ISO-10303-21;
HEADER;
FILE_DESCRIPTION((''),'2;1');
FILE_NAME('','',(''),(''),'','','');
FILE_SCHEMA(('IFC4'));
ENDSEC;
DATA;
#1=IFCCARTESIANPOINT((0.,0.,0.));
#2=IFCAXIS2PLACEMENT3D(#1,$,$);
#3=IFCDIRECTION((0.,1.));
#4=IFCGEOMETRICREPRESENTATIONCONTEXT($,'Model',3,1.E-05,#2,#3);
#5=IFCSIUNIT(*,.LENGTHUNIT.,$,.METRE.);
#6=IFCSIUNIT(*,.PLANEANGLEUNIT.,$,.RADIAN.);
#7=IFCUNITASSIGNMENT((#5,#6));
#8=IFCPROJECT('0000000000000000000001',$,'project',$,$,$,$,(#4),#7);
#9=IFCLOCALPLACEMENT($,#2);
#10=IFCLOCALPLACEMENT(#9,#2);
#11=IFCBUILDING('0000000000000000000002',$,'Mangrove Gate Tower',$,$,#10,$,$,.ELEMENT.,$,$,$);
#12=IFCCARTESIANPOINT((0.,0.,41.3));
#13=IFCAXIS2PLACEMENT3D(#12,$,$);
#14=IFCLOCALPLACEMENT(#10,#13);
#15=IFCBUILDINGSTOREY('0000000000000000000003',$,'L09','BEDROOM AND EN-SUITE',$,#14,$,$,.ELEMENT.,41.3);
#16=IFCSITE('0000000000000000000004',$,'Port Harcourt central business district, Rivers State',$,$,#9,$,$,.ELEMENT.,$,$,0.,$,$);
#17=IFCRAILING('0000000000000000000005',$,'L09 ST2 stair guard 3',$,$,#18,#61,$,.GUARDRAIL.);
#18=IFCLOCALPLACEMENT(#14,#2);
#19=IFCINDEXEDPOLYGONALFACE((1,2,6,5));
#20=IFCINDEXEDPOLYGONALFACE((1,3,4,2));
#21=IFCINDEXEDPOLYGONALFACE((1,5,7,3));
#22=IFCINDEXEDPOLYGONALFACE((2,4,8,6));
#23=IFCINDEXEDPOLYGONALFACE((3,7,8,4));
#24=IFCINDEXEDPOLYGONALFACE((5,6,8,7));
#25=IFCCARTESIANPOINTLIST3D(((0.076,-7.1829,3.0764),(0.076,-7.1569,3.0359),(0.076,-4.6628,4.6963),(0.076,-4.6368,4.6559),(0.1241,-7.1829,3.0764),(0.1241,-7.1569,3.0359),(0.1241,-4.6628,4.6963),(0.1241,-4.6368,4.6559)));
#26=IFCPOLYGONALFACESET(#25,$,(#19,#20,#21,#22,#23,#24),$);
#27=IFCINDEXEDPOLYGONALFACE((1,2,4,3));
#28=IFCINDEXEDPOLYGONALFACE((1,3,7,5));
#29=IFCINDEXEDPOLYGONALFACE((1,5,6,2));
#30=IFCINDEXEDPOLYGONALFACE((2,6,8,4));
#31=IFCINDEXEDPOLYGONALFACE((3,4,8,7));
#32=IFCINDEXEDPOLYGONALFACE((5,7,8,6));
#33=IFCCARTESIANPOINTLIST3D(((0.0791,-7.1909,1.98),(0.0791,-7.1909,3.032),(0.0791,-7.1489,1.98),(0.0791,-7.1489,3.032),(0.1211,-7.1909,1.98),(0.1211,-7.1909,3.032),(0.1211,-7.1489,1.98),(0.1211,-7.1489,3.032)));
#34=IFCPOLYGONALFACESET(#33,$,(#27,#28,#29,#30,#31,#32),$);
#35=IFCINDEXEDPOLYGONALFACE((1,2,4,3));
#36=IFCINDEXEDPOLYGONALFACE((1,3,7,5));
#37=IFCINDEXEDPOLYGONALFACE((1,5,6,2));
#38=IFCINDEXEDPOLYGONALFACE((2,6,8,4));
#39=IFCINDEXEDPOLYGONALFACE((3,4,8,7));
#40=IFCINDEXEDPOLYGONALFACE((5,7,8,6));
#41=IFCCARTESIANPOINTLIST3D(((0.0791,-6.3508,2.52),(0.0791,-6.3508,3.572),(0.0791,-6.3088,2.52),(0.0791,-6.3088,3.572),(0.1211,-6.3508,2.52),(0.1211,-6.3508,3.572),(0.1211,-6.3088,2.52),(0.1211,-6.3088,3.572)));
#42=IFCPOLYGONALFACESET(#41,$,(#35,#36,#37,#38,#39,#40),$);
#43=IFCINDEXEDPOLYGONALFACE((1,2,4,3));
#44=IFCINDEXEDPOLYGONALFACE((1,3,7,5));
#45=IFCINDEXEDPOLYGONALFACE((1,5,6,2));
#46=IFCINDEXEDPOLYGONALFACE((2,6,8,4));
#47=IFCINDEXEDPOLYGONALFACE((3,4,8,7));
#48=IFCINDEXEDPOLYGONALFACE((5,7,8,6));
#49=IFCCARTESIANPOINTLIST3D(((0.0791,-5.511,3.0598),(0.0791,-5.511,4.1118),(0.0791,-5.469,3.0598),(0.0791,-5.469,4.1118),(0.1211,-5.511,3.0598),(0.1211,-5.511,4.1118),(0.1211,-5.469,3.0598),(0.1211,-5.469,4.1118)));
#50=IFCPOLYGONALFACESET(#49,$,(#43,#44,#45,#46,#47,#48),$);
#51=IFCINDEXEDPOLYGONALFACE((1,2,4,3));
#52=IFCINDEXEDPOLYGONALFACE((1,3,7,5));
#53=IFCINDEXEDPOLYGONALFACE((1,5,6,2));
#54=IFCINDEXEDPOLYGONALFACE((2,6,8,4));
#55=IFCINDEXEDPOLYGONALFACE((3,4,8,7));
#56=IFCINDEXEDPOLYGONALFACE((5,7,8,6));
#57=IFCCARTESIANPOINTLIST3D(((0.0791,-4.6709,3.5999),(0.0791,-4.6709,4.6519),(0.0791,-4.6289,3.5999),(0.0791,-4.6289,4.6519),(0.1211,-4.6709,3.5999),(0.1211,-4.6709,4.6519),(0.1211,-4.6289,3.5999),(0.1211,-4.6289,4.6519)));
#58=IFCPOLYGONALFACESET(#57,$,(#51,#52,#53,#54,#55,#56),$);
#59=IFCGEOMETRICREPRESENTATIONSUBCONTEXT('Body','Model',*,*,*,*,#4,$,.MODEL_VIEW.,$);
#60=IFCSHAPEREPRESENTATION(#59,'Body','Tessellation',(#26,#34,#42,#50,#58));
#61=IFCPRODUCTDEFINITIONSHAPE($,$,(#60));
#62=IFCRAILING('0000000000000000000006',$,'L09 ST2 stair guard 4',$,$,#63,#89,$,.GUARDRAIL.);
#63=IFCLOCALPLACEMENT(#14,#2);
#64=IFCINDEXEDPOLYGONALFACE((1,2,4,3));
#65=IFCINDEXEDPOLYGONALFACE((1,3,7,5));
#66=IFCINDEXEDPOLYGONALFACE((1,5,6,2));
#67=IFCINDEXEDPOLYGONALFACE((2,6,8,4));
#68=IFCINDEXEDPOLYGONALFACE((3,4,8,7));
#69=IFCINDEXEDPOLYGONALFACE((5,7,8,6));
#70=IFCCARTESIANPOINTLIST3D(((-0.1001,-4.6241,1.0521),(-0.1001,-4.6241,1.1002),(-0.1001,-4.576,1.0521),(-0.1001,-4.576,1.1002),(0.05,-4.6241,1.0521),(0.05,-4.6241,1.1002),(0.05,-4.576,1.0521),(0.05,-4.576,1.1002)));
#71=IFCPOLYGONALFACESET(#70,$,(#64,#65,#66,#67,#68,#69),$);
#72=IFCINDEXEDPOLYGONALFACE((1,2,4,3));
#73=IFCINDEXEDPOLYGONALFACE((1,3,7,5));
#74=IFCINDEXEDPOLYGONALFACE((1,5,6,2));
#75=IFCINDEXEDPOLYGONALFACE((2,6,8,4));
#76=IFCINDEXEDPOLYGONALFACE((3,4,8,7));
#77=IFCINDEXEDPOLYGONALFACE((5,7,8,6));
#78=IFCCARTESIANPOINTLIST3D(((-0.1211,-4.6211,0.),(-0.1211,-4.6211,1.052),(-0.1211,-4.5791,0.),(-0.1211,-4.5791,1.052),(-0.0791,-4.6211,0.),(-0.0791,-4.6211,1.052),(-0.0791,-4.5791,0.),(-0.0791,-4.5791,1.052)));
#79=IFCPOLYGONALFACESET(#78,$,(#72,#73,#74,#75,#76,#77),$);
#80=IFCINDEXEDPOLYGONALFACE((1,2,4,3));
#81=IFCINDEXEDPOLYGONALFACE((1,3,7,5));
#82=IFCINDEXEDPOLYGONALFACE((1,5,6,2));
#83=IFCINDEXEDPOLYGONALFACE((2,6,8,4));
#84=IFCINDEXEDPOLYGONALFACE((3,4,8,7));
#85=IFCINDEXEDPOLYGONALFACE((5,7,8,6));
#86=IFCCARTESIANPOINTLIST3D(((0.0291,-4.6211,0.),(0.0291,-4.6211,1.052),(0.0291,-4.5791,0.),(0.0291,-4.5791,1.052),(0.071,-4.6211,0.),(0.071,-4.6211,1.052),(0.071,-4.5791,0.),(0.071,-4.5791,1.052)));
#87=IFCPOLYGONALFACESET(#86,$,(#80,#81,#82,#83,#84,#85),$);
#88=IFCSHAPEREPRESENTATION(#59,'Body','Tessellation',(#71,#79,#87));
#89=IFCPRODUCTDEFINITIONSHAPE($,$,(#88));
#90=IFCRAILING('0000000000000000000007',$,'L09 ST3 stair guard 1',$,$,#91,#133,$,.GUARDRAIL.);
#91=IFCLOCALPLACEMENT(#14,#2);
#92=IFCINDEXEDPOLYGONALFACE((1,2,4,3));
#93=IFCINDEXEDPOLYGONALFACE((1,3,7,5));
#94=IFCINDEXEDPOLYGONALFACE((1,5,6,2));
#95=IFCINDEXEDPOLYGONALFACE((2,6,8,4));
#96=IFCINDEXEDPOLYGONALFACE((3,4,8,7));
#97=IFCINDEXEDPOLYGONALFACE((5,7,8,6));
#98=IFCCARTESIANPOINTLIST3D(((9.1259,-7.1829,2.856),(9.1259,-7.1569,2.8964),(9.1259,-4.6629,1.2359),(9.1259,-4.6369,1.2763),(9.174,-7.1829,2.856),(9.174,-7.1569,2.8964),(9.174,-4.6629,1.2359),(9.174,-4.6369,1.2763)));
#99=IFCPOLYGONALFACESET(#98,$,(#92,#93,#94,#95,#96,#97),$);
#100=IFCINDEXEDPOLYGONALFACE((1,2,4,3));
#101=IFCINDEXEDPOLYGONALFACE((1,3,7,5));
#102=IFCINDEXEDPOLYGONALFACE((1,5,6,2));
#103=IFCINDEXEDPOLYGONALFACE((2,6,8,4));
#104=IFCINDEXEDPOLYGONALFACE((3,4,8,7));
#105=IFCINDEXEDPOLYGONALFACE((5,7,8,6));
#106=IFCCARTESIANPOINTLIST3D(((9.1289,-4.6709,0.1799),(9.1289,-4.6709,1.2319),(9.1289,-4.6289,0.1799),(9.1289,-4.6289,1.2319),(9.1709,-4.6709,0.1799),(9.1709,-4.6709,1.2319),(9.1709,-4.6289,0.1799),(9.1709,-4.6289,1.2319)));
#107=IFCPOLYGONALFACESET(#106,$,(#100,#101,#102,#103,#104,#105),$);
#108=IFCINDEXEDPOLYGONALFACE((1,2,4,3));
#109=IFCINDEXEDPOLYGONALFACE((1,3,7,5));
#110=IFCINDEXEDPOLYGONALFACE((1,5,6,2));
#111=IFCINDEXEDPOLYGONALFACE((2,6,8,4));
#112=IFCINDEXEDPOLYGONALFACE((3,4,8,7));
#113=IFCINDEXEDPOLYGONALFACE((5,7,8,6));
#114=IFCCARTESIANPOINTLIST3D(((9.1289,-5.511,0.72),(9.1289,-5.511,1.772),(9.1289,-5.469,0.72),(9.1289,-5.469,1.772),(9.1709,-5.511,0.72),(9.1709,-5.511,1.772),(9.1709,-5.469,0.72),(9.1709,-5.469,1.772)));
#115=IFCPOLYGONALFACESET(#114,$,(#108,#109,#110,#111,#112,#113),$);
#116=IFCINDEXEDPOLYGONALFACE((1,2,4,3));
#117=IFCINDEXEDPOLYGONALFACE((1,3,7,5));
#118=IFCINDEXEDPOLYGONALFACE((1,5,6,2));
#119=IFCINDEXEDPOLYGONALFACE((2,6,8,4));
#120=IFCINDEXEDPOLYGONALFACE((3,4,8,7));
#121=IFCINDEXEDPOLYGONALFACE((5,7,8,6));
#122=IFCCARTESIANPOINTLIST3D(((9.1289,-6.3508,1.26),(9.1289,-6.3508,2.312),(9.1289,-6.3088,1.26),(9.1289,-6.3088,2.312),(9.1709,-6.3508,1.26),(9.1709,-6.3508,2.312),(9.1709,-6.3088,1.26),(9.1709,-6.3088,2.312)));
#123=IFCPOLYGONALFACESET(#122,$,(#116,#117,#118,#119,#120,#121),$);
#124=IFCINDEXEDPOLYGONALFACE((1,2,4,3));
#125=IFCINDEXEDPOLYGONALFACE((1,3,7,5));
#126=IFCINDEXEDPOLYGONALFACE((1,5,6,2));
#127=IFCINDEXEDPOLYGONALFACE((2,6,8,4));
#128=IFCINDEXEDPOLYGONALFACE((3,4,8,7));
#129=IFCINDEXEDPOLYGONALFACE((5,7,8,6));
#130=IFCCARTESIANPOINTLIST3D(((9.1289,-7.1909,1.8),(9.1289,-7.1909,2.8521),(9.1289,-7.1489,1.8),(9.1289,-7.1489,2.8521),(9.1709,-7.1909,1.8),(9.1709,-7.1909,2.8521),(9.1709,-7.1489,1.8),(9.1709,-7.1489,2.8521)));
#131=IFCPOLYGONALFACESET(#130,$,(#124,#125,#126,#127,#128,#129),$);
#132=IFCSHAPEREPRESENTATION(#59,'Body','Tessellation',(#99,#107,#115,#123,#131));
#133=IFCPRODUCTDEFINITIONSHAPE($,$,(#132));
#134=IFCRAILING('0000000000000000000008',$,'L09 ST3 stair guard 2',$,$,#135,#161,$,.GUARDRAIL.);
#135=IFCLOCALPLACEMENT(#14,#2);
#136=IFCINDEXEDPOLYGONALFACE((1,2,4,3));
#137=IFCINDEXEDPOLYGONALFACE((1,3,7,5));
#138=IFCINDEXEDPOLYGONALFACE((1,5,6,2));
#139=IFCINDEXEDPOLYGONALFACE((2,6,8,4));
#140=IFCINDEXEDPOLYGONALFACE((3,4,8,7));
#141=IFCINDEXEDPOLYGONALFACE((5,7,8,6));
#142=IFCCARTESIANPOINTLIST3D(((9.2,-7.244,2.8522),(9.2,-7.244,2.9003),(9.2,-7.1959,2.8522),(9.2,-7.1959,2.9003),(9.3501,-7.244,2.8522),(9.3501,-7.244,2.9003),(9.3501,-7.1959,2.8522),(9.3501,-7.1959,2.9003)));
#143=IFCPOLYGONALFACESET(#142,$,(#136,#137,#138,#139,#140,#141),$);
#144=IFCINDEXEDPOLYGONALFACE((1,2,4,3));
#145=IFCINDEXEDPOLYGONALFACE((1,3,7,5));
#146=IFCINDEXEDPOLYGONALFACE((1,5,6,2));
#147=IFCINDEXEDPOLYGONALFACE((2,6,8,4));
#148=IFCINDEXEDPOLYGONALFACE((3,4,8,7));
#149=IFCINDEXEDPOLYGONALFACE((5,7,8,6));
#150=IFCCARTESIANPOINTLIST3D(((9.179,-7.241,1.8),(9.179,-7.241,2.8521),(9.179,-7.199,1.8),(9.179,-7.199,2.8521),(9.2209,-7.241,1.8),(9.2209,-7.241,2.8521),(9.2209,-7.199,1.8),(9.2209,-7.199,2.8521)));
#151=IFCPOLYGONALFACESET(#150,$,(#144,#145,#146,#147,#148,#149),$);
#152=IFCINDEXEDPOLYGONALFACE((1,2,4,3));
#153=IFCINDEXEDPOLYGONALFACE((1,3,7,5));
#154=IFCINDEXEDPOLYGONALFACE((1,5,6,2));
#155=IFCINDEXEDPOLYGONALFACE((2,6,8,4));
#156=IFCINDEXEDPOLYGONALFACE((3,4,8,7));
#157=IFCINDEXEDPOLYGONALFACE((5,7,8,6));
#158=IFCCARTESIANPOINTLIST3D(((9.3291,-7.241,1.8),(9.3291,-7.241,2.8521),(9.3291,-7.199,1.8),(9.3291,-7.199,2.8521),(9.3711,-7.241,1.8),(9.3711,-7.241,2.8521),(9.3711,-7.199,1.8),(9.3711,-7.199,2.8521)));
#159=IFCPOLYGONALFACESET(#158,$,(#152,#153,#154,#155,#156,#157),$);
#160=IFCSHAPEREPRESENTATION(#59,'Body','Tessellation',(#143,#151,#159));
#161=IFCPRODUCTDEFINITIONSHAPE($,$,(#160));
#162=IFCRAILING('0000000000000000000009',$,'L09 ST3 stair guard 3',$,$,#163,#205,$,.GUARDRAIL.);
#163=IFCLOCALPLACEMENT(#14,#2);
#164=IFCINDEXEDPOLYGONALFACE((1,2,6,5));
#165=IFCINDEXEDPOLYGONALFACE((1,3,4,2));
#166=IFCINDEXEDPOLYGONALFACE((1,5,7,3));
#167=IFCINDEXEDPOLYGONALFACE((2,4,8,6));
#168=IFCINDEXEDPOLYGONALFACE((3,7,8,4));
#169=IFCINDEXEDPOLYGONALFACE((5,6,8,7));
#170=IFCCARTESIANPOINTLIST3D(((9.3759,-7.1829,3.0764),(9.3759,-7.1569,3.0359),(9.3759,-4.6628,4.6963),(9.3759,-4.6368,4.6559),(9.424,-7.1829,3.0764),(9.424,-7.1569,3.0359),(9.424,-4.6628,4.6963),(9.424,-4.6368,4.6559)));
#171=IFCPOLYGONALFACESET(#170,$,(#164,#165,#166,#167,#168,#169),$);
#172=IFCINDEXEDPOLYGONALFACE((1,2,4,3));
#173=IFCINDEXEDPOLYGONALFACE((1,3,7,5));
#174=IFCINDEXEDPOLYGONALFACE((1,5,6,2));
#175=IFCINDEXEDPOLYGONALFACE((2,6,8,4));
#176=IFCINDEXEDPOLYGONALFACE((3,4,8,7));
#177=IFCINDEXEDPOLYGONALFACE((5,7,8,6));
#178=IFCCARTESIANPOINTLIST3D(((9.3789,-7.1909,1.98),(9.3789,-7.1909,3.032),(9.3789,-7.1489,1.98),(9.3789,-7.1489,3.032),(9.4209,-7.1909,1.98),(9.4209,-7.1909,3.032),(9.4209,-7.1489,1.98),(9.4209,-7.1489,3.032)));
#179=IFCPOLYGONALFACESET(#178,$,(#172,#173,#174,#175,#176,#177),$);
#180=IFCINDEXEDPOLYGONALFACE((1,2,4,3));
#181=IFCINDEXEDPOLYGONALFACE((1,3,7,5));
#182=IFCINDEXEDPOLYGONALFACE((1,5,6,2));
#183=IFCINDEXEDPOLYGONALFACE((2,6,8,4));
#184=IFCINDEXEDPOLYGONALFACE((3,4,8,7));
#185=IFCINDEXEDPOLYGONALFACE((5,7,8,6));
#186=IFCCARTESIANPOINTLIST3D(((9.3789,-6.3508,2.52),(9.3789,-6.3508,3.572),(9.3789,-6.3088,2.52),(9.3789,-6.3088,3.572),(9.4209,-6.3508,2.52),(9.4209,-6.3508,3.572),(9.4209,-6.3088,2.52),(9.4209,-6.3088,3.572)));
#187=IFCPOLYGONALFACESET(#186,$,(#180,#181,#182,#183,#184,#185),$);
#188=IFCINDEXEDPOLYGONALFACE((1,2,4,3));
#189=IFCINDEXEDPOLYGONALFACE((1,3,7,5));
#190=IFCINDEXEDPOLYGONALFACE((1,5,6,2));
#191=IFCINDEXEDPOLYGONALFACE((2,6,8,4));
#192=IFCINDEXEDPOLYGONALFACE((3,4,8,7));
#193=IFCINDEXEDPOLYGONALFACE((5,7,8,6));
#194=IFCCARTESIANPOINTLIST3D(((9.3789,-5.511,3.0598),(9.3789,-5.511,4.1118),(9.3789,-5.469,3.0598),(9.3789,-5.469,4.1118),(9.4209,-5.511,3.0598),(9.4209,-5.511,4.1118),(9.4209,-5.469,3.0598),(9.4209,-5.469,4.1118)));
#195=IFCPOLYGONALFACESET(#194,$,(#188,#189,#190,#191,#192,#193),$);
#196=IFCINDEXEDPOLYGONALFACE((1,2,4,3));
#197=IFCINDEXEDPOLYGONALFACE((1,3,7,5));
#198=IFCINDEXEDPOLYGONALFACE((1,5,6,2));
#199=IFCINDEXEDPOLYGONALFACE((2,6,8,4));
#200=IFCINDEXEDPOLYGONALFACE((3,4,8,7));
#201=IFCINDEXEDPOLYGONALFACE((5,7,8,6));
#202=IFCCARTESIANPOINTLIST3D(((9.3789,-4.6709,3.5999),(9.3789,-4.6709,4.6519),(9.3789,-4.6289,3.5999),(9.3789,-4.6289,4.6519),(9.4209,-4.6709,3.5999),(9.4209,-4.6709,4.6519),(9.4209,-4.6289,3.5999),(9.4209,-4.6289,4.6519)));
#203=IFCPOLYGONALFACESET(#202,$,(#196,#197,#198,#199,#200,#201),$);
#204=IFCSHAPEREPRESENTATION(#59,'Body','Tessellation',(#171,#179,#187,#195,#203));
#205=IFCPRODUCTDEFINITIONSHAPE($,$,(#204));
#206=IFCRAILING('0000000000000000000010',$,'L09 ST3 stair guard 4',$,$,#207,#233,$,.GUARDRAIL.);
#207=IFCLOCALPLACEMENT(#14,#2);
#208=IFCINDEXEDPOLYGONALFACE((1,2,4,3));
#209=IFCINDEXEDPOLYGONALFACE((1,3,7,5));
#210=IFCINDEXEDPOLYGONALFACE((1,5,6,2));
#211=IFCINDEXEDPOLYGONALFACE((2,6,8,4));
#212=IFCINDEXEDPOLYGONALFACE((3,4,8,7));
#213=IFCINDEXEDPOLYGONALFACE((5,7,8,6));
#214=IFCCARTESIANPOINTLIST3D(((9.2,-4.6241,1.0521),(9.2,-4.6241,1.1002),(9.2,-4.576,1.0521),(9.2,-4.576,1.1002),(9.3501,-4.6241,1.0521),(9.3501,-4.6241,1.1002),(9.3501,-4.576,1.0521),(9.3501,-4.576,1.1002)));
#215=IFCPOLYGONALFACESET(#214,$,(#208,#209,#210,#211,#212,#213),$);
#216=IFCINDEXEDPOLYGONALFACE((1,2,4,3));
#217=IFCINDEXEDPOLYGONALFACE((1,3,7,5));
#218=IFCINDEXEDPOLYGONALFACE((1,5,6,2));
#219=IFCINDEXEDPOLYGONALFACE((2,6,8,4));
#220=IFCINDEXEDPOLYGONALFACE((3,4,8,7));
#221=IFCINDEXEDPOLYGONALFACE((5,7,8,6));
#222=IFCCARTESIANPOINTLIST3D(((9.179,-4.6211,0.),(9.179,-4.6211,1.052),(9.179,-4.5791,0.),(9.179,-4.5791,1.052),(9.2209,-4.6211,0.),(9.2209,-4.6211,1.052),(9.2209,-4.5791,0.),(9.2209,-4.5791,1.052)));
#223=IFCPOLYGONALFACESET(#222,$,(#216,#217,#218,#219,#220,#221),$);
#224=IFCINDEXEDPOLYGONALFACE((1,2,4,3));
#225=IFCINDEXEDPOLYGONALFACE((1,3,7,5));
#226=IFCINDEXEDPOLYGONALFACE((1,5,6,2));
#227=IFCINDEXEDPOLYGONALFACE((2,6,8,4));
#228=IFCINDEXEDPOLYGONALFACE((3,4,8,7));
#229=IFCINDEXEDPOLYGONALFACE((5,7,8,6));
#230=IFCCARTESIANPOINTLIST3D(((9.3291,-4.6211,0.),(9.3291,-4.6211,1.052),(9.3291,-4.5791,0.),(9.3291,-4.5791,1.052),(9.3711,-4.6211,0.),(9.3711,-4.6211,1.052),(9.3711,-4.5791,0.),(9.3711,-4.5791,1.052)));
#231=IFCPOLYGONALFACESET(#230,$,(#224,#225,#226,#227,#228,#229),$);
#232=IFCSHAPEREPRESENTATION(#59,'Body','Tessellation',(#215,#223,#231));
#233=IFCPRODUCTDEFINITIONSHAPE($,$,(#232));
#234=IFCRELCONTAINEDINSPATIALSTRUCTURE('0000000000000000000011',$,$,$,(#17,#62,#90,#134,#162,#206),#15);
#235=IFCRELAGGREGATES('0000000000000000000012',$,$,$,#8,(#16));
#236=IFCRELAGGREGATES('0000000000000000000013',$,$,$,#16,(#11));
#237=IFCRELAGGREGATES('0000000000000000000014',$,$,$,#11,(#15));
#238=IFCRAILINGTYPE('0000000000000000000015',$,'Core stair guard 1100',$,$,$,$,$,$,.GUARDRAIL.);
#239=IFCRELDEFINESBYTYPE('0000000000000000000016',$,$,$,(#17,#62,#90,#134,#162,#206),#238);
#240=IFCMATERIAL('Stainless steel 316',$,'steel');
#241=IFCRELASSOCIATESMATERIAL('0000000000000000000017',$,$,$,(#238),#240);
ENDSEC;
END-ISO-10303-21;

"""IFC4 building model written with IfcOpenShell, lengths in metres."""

from ifc_helpers import new_model, si_unit, direction, frame, origin, origin_2d, place, context, subcontext, project, spatial, rectangle, extrude, material, type_object, element, save


model = new_model("IFC4")

# Units and contexts
model_context = context("Model", 3, precision=1e-05, world=origin(), true_north=direction((0.0, 1.0)))
body_context = subcontext(model_context, "Body", "Model", "MODEL_VIEW")
ifc_project = project(units=[si_unit("LENGTHUNIT", "METRE"), si_unit("PLANEANGLEUNIT", "RADIAN")], contexts=[model_context])

# Site, building, storey
site_placement = place(None, origin())
site = spatial("IfcSite", under=ifc_project, at=site_placement, Name="Port Harcourt central business district, Rivers State", CompositionType="ELEMENT", RefElevation=0.0)
building_placement = place(site_placement, origin())
building = spatial("IfcBuilding", under=site, at=building_placement, Name="Mangrove Gate Tower", CompositionType="ELEMENT")
storey_placement = place(building_placement, frame((0.0, 0.0, 41.3)))
storey = spatial("IfcBuildingStorey", under=building, at=storey_placement, Name="L09", Description="BEDROOM AND EN-SUITE", CompositionType="ELEMENT", Elevation=41.3)

# Railings
ifc_material_1 = material(Name="Stainless steel 316", Category="steel")
railing_type_1 = type_object("IfcRailingType", Name="Core stair guard 1100", PredefinedType="GUARDRAIL", material=ifc_material_1)
railing_1_placement = place(storey_placement, frame((0.1001, -7.1699, 1.98)))
element("IfcRailing", 1, at=railing_1_placement, inside=storey, type_object=railing_type_1, Name="L09 ST2 stair guard 3", PredefinedType="GUARDRAIL", context=body_context, shape_type="SweptSolid", body=[
    extrude(rectangle(XDim=0.0481, YDim=0.0481, at=origin_2d()), frame((0.0, 0.0, 1.0762), z_axis=(0.0, 0.8412, 0.540725), x_axis=(-1.0, 0.0, 0.0)), (0.0, 0.0, 1.0), 2.9958),
    extrude(rectangle(XDim=0.042, YDim=0.042, at=origin_2d()), origin(), (0.0, 0.0, 1.0), 1.052),
    extrude(rectangle(XDim=0.042, YDim=0.042, at=origin_2d()), frame((0.0, 0.8401, 0.54)), (0.0, 0.0, 1.0), 1.052),
    extrude(rectangle(XDim=0.042, YDim=0.042, at=origin_2d()), frame((0.0, 1.6799, 1.0798)), (0.0, 0.0, 1.0), 1.052),
    extrude(rectangle(XDim=0.042, YDim=0.042, at=origin_2d()), frame((0.0, 2.52, 1.6199)), (0.0, 0.0, 1.0), 1.052),
])
railing_2_placement = place(storey_placement, frame((-0.1001, -4.6001, 0.0)))
element("IfcRailing", 2, at=railing_2_placement, inside=storey, type_object=railing_type_1, Name="L09 ST2 stair guard 4", PredefinedType="GUARDRAIL", context=body_context, shape_type="SweptSolid", body=[
    extrude(rectangle(XDim=0.0481, YDim=0.0481, at=origin_2d()), frame((0.0, 0.0, 1.0762), z_axis=(1.0, 0.0, 0.0), x_axis=(0.0, 1.0, 0.0)), (0.0, 0.0, 1.0), 0.1501),
    extrude(rectangle(XDim=0.042, YDim=0.042, at=origin_2d()), origin(), (0.0, 0.0, 1.0), 1.052),
    extrude(rectangle(XDim=0.042, YDim=0.042, at=origin_2d()), frame((0.1501, 0.0, 0.0)), (0.0, 0.0, 1.0), 1.052),
])
railing_3_placement = place(storey_placement, frame((9.1499, -4.6499, 0.1799)))
element("IfcRailing", 3, at=railing_3_placement, inside=storey, type_object=railing_type_1, Name="L09 ST3 stair guard 1", PredefinedType="GUARDRAIL", context=body_context, shape_type="SweptSolid", body=[
    extrude(rectangle(XDim=0.0481, YDim=0.0481, at=origin_2d()), frame((0.0, 0.0, 1.0762), z_axis=(0.0, -0.841163, 0.540782), x_axis=(1.0, 0.0, 0.0)), (0.0, 0.0, 1.0), 2.9958),
    extrude(rectangle(XDim=0.042, YDim=0.042, at=origin_2d()), origin(), (0.0, 0.0, 1.0), 1.052),
    extrude(rectangle(XDim=0.042, YDim=0.042, at=origin_2d()), frame((0.0, -0.8401, 0.54)), (0.0, 0.0, 1.0), 1.052),
    extrude(rectangle(XDim=0.042, YDim=0.042, at=origin_2d()), frame((0.0, -1.6799, 1.0801)), (0.0, 0.0, 1.0), 1.052),
    extrude(rectangle(XDim=0.042, YDim=0.042, at=origin_2d()), frame((0.0, -2.52, 1.6201)), (0.0, 0.0, 1.0), 1.052),
])
railing_4_placement = place(storey_placement, frame((9.2, -7.22, 1.8)))
element("IfcRailing", 4, at=railing_4_placement, inside=storey, type_object=railing_type_1, Name="L09 ST3 stair guard 2", PredefinedType="GUARDRAIL", context=body_context, shape_type="SweptSolid", body=[
    extrude(rectangle(XDim=0.0481, YDim=0.0481, at=origin_2d()), frame((0.0, 0.0, 1.0762), z_axis=(1.0, 0.0, 0.0), x_axis=(0.0, 1.0, 0.0)), (0.0, 0.0, 1.0), 0.1501),
    extrude(rectangle(XDim=0.042, YDim=0.042, at=origin_2d()), origin(), (0.0, 0.0, 1.0), 1.052),
    extrude(rectangle(XDim=0.042, YDim=0.042, at=origin_2d()), frame((0.1501, 0.0, 0.0)), (0.0, 0.0, 1.0), 1.052),
])
railing_5_placement = place(storey_placement, frame((9.3999, -7.1699, 1.98)))
element("IfcRailing", 5, at=railing_5_placement, inside=storey, type_object=railing_type_1, Name="L09 ST3 stair guard 3", PredefinedType="GUARDRAIL", context=body_context, shape_type="SweptSolid", body=[
    extrude(rectangle(XDim=0.0481, YDim=0.0481, at=origin_2d()), frame((0.0, 0.0, 1.0762), z_axis=(0.0, 0.8412, 0.540725), x_axis=(-1.0, 0.0, 0.0)), (0.0, 0.0, 1.0), 2.9958),
    extrude(rectangle(XDim=0.042, YDim=0.042, at=origin_2d()), origin(), (0.0, 0.0, 1.0), 1.052),
    extrude(rectangle(XDim=0.042, YDim=0.042, at=origin_2d()), frame((0.0, 0.8401, 0.54)), (0.0, 0.0, 1.0), 1.052),
    extrude(rectangle(XDim=0.042, YDim=0.042, at=origin_2d()), frame((0.0, 1.6799, 1.0798)), (0.0, 0.0, 1.0), 1.052),
    extrude(rectangle(XDim=0.042, YDim=0.042, at=origin_2d()), frame((0.0, 2.52, 1.6199)), (0.0, 0.0, 1.0), 1.052),
])
railing_6_placement = place(storey_placement, frame((9.2, -4.6001, 0.0)))
element("IfcRailing", 6, at=railing_6_placement, inside=storey, type_object=railing_type_1, Name="L09 ST3 stair guard 4", PredefinedType="GUARDRAIL", context=body_context, shape_type="SweptSolid", body=[
    extrude(rectangle(XDim=0.0481, YDim=0.0481, at=origin_2d()), frame((0.0, 0.0, 1.0762), z_axis=(1.0, 0.0, 0.0), x_axis=(0.0, 1.0, 0.0)), (0.0, 0.0, 1.0), 0.1501),
    extrude(rectangle(XDim=0.042, YDim=0.042, at=origin_2d()), origin(), (0.0, 0.0, 1.0), 1.052),
    extrude(rectangle(XDim=0.042, YDim=0.042, at=origin_2d()), frame((0.1501, 0.0, 0.0)), (0.0, 0.0, 1.0), 1.052),
])

save(model, "model.ifc")
